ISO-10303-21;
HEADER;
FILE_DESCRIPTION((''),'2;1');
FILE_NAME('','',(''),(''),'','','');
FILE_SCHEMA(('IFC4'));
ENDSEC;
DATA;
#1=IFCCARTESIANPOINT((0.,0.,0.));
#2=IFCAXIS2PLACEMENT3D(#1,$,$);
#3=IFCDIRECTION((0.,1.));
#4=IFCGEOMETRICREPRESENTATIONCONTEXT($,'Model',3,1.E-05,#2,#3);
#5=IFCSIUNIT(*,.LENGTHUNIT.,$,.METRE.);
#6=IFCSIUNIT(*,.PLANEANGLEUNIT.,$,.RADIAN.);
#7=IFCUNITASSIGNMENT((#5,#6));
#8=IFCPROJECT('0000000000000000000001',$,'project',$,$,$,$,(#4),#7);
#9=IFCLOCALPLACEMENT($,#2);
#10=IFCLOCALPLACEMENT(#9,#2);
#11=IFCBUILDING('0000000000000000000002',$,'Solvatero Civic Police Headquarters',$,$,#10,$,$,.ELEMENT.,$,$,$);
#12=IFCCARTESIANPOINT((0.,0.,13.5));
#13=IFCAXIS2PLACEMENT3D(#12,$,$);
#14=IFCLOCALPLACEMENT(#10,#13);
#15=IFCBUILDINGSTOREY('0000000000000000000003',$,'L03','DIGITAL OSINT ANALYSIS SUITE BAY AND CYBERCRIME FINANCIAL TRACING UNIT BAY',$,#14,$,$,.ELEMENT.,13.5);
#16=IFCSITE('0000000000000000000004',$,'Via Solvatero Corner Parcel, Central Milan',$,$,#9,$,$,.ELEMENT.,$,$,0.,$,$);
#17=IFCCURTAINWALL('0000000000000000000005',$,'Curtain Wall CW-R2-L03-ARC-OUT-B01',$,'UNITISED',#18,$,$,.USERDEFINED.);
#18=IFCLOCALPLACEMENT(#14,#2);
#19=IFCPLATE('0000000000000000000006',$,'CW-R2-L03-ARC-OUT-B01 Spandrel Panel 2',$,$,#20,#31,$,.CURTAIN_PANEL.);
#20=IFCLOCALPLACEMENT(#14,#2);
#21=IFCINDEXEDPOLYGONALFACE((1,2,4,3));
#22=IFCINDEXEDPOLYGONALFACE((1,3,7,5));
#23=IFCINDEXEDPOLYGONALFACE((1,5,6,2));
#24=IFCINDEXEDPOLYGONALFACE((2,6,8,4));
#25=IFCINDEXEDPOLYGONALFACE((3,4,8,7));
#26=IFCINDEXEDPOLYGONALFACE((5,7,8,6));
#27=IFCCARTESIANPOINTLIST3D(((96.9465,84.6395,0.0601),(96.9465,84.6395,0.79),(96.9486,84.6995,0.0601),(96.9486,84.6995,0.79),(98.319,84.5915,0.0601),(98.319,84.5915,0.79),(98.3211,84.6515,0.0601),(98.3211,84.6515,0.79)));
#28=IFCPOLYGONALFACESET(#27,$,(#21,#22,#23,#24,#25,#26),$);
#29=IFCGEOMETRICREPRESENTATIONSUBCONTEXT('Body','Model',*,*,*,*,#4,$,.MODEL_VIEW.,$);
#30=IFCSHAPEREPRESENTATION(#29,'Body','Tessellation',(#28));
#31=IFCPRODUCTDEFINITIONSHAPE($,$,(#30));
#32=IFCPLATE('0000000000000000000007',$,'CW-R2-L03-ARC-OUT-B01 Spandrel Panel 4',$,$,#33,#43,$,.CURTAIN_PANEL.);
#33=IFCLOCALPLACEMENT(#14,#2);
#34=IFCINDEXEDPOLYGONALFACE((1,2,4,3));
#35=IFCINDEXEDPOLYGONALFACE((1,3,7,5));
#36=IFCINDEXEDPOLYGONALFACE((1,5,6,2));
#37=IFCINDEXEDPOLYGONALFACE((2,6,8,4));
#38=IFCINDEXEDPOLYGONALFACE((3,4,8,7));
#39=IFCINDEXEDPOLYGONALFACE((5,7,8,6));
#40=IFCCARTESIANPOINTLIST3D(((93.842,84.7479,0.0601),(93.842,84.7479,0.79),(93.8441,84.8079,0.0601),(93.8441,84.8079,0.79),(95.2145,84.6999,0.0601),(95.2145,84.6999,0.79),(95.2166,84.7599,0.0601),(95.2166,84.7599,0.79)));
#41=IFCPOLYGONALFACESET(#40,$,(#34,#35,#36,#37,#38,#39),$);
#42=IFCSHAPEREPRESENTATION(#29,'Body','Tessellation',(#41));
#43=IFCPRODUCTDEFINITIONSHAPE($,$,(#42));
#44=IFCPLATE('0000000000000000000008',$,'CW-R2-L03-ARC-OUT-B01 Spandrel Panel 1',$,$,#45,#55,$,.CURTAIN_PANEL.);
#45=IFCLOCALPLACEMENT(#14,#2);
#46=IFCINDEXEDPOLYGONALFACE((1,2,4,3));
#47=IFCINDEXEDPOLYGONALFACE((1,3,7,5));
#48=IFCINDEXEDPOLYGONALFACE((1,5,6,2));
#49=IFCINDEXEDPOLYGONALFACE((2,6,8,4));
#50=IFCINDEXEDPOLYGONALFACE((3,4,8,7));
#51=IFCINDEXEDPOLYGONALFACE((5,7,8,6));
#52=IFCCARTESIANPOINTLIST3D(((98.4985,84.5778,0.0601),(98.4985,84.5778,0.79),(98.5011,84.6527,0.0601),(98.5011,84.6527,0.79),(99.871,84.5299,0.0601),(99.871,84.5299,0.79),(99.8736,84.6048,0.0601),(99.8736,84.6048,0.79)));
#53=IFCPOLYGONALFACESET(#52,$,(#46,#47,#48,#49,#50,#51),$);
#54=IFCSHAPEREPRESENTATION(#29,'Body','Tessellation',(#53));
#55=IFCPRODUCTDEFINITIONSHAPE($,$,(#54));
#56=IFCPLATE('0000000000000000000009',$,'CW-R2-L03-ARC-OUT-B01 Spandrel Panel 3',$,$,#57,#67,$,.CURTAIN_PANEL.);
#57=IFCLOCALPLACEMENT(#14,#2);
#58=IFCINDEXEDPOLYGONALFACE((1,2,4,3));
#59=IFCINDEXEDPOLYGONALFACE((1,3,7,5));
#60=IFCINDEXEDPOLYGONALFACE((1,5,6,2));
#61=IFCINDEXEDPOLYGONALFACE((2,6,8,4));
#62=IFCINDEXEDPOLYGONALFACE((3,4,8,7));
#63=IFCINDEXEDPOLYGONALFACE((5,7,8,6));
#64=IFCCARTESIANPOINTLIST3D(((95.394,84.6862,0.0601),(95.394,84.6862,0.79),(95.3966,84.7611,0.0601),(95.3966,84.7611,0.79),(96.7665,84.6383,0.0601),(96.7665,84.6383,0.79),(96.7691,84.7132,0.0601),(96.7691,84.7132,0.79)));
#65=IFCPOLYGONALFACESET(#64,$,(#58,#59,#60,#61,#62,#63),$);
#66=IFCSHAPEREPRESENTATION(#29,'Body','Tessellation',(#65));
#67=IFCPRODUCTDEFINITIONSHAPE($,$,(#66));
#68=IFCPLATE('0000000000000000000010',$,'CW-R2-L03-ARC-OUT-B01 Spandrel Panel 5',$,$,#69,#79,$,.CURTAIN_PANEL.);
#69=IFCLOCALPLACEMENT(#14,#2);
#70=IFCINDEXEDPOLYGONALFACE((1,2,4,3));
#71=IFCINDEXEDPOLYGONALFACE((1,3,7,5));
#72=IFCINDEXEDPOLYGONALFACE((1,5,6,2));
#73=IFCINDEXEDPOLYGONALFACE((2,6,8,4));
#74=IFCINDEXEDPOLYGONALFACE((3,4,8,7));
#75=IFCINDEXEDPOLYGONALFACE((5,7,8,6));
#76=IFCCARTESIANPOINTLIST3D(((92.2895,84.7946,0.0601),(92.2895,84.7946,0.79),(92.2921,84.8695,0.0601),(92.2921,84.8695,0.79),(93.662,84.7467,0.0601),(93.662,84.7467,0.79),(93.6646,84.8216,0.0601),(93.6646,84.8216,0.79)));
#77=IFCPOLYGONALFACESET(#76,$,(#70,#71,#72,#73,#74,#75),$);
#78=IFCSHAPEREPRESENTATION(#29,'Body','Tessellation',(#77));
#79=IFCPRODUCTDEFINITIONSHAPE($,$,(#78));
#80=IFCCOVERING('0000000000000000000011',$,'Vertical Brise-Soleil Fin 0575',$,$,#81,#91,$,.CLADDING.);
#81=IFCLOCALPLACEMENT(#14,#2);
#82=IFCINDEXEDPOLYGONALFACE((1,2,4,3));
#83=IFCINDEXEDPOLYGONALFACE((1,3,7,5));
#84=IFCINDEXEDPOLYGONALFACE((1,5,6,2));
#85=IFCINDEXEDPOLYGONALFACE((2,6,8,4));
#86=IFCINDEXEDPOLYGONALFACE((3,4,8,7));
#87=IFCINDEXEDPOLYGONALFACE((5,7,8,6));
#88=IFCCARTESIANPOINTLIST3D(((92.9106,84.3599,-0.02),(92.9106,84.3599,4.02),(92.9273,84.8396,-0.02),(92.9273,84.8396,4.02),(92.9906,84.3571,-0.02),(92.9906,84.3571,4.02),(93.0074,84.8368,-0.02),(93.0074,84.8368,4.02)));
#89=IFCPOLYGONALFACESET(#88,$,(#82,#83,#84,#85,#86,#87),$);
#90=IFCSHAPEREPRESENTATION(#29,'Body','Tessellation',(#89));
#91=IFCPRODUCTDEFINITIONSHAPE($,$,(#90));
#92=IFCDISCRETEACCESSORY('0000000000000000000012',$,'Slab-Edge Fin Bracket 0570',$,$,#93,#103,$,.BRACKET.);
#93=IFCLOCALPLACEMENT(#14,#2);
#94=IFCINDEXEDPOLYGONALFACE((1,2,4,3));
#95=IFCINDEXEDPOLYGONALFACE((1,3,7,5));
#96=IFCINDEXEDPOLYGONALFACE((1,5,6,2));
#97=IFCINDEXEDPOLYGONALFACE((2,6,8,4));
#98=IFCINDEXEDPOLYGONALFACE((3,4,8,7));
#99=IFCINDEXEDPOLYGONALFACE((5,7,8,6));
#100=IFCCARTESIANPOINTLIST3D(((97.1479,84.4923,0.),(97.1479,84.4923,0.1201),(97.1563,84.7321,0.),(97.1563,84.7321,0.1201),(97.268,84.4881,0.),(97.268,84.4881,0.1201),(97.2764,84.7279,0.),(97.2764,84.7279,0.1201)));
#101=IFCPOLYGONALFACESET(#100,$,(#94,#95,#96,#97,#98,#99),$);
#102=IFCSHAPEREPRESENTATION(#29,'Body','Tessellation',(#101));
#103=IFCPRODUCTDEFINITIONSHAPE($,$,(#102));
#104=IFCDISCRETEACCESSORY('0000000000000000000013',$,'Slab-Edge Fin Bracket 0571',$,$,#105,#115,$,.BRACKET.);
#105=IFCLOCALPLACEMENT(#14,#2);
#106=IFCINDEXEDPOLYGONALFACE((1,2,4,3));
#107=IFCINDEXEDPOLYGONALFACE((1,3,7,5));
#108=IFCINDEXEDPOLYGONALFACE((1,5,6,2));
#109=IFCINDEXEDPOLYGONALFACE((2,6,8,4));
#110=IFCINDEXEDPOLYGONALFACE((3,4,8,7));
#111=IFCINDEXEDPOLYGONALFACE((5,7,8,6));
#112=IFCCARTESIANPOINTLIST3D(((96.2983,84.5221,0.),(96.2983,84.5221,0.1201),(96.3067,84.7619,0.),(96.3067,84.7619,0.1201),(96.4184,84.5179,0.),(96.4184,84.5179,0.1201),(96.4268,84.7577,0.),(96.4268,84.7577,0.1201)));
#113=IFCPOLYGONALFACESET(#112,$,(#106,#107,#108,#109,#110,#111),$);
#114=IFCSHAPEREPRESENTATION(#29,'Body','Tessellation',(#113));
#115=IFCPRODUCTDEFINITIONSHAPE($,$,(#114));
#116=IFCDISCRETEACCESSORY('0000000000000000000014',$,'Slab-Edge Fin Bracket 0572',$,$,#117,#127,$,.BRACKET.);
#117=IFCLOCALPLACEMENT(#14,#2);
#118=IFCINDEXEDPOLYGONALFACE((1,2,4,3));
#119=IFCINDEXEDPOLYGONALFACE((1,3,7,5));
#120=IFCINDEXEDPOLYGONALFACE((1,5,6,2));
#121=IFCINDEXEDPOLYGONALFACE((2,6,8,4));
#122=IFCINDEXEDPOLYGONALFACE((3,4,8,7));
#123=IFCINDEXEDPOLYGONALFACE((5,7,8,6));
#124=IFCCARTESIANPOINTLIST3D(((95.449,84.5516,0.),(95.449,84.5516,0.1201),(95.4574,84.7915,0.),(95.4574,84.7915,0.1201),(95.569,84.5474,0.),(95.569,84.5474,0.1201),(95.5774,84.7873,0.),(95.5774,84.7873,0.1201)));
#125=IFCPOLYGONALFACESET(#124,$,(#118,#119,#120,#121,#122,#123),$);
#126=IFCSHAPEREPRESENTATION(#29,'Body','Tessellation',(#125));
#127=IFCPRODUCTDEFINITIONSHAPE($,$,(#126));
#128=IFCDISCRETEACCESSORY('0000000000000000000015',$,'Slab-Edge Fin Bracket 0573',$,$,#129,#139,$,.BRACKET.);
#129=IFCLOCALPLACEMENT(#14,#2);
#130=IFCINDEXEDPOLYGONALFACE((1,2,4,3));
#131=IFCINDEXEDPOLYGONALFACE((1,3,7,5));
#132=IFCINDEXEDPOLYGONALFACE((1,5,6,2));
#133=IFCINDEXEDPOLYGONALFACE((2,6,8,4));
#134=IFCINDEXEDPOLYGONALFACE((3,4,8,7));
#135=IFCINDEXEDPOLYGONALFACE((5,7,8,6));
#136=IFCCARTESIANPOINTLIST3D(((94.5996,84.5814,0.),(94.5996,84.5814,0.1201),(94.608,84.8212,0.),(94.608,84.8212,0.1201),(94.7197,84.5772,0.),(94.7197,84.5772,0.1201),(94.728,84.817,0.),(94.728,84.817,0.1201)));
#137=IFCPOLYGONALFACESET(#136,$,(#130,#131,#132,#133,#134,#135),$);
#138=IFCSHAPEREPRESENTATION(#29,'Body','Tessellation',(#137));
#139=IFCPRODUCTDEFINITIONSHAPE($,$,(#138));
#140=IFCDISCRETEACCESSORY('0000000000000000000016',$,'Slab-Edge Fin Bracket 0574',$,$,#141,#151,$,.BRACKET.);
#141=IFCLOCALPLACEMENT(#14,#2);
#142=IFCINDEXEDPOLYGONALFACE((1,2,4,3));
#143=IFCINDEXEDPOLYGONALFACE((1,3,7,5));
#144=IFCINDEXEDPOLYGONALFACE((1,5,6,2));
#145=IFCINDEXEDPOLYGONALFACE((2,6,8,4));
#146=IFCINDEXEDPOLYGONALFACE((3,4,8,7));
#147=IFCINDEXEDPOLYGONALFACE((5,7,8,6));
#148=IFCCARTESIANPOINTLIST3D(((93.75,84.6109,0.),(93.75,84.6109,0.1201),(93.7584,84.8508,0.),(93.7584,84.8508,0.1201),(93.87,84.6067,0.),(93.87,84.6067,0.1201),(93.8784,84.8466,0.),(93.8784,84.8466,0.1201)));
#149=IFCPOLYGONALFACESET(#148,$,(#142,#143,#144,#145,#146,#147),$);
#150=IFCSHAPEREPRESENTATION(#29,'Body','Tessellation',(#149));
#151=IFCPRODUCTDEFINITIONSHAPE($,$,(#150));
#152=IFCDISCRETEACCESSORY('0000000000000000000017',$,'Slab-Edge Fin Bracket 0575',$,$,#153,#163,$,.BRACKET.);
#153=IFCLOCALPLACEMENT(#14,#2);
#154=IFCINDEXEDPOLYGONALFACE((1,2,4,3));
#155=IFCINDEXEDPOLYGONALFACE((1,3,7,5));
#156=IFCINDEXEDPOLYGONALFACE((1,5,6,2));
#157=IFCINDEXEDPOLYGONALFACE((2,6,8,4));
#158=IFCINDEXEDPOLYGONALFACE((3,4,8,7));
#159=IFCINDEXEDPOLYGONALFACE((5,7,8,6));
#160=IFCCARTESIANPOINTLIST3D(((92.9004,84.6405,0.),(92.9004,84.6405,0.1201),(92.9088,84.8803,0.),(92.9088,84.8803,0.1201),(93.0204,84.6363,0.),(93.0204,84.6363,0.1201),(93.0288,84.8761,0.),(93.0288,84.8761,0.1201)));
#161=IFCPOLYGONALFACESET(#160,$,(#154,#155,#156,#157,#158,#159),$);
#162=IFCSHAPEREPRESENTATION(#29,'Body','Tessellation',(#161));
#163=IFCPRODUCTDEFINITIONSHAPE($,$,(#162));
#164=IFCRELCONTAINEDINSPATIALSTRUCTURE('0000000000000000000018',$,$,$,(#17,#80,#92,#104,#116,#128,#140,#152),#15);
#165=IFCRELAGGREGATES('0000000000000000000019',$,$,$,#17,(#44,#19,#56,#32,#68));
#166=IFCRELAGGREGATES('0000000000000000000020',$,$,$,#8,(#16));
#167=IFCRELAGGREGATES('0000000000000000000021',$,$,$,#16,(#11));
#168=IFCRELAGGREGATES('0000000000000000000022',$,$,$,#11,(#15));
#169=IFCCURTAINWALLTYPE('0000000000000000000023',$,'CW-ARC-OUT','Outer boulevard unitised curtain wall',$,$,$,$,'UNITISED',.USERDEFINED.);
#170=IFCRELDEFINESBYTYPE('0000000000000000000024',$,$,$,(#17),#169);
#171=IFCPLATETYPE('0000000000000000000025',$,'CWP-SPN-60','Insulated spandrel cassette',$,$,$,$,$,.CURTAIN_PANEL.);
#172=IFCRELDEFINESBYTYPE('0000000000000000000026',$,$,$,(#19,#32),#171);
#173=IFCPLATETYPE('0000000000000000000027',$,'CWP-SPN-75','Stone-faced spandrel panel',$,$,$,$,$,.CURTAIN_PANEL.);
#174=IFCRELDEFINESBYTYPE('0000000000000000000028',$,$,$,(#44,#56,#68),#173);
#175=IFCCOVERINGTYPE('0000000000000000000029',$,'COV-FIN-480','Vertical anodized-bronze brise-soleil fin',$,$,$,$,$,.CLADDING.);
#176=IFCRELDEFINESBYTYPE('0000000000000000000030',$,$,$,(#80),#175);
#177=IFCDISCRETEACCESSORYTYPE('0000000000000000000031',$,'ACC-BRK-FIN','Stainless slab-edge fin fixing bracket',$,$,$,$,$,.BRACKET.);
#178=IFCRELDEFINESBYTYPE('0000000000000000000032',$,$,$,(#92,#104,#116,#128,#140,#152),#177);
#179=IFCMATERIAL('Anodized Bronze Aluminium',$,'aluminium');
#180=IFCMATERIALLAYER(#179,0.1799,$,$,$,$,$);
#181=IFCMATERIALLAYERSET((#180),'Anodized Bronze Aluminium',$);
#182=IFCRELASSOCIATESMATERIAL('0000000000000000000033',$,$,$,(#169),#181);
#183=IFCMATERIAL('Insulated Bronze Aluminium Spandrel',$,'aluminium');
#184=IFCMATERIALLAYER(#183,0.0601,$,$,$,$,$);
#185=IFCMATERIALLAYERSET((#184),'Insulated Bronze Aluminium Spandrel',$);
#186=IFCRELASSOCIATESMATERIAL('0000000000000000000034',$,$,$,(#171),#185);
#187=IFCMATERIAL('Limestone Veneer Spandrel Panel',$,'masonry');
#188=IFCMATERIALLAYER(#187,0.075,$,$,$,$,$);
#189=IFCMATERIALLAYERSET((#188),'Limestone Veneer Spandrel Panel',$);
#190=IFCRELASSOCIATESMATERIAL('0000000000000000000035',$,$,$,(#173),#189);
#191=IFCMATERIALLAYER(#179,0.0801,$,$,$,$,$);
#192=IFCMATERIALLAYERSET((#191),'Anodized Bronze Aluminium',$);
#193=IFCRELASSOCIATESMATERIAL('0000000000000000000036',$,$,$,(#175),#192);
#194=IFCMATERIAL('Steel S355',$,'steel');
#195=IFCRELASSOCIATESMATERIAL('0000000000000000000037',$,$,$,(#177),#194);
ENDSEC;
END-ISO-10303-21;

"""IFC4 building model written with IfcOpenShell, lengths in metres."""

from ifc_helpers import new_model, si_unit, direction, frame, origin, origin_2d, place, context, subcontext, project, spatial, rectangle, extrude, material, layer, layer_set, type_object, element, aggregate, save


model = new_model("IFC4")

# Units and contexts
model_context = context("Model", 3, precision=1e-05, world=origin(), true_north=direction((0.0, 1.0)))
body_context = subcontext(model_context, "Body", "Model", "MODEL_VIEW")
ifc_project = project(units=[si_unit("LENGTHUNIT", "METRE"), si_unit("PLANEANGLEUNIT", "RADIAN")], contexts=[model_context])

# Site, building, storey
site_placement = place(None, origin())
site = spatial("IfcSite", under=ifc_project, at=site_placement, Name="Via Solvatero Corner Parcel, Central Milan", CompositionType="ELEMENT", RefElevation=0.0)
building_placement = place(site_placement, origin())
building = spatial("IfcBuilding", under=site, at=building_placement, Name="Solvatero Civic Police Headquarters", CompositionType="ELEMENT")
storey_placement = place(building_placement, frame((0.0, 0.0, 13.5)))
storey = spatial("IfcBuildingStorey", under=building, at=storey_placement, Name="L03", Description="DIGITAL OSINT ANALYSIS SUITE BAY AND CYBERCRIME FINANCIAL TRACING UNIT BAY", CompositionType="ELEMENT", Elevation=13.5)

# Shared definitions
ifc_material_1 = material(Name="Steel S355", Category="steel")

# Curtain wall, plates
ifc_material_2 = material(Name="Anodized Bronze Aluminium", Category="aluminium")
ifc_layer_1 = layer(ifc_material_2, 0.1799)
ifc_layer_set_1 = layer_set([ifc_layer_1], Name="Anodized Bronze Aluminium")
curtain_wall_type = type_object("IfcCurtainWallType", Name="CW-ARC-OUT", Description="Outer boulevard unitised curtain wall", ElementType="UNITISED", PredefinedType="USERDEFINED", material=ifc_layer_set_1)
curtain_wall_placement = place(storey_placement, origin())
curtain_wall = element("IfcCurtainWall", 1, at=curtain_wall_placement, inside=storey, type_object=curtain_wall_type, Name="Curtain Wall CW-R2-L03-ARC-OUT-B01", ObjectType="UNITISED", PredefinedType="USERDEFINED")
ifc_material_3 = material(Name="Insulated Bronze Aluminium Spandrel", Category="aluminium")
ifc_layer_2 = layer(ifc_material_3, 0.0601)
ifc_layer_set_2 = layer_set([ifc_layer_2], Name="Insulated Bronze Aluminium Spandrel")
plate_type_1 = type_object("IfcPlateType", Name="CWP-SPN-60", Description="Insulated spandrel cassette", PredefinedType="CURTAIN_PANEL", material=ifc_layer_set_2)
plate_1_placement = place(storey_placement, frame((97.6338, 84.6455, 0.0601), z_axis=(0.0, 0.0, 1.0), x_axis=(-0.99939, 0.034917, 0.0)))
plate_1 = element("IfcPlate", 2, at=plate_1_placement, type_object=plate_type_1, Name="CW-R2-L03-ARC-OUT-B01 Spandrel Panel 2", PredefinedType="CURTAIN_PANEL", context=body_context, shape_type="SweptSolid", body=[
    extrude(rectangle(XDim=1.3733, YDim=0.0601, at=origin_2d()), origin(), (0.0, 0.0, 1.0), 0.73),
])
plate_2_placement = place(storey_placement, frame((94.5293, 84.7539, 0.0601), z_axis=(0.0, 0.0, 1.0), x_axis=(-0.99939, 0.034917, 0.0)))
plate_2 = element("IfcPlate", 3, at=plate_2_placement, type_object=plate_type_1, Name="CW-R2-L03-ARC-OUT-B01 Spandrel Panel 4", PredefinedType="CURTAIN_PANEL", context=body_context, shape_type="SweptSolid", body=[
    extrude(rectangle(XDim=1.3733, YDim=0.0601, at=origin_2d()), origin(), (0.0, 0.0, 1.0), 0.73),
])
ifc_material_4 = material(Name="Limestone Veneer Spandrel Panel", Category="masonry")
ifc_layer_3 = layer(ifc_material_4, 0.075)
ifc_layer_set_3 = layer_set([ifc_layer_3], Name="Limestone Veneer Spandrel Panel")
plate_type_2 = type_object("IfcPlateType", Name="CWP-SPN-75", Description="Stone-faced spandrel panel", PredefinedType="CURTAIN_PANEL", material=ifc_layer_set_3)
plate_3_placement = place(storey_placement, frame((99.186, 84.5913, 0.0601), z_axis=(0.0, 0.0, 1.0), x_axis=(-0.99939, 0.034917, 0.0)))
plate_3 = element("IfcPlate", 4, at=plate_3_placement, type_object=plate_type_2, Name="CW-R2-L03-ARC-OUT-B01 Spandrel Panel 1", PredefinedType="CURTAIN_PANEL", context=body_context, shape_type="SweptSolid", body=[
    extrude(rectangle(XDim=1.3733, YDim=0.075, at=origin_2d()), origin(), (0.0, 0.0, 1.0), 0.73),
])
plate_4_placement = place(storey_placement, frame((96.0815, 84.6997, 0.0601), z_axis=(0.0, 0.0, 1.0), x_axis=(-0.99939, 0.034917, 0.0)))
plate_4 = element("IfcPlate", 5, at=plate_4_placement, type_object=plate_type_2, Name="CW-R2-L03-ARC-OUT-B01 Spandrel Panel 3", PredefinedType="CURTAIN_PANEL", context=body_context, shape_type="SweptSolid", body=[
    extrude(rectangle(XDim=1.3733, YDim=0.075, at=origin_2d()), origin(), (0.0, 0.0, 1.0), 0.73),
])
plate_5_placement = place(storey_placement, frame((92.9771, 84.8081, 0.0601), z_axis=(0.0, 0.0, 1.0), x_axis=(-0.99939, 0.034917, 0.0)))
plate_5 = element("IfcPlate", 6, at=plate_5_placement, type_object=plate_type_2, Name="CW-R2-L03-ARC-OUT-B01 Spandrel Panel 5", PredefinedType="CURTAIN_PANEL", context=body_context, shape_type="SweptSolid", body=[
    extrude(rectangle(XDim=1.3733, YDim=0.075, at=origin_2d()), origin(), (0.0, 0.0, 1.0), 0.73),
])
aggregate(curtain_wall, [plate_3, plate_1, plate_4, plate_2, plate_5])

# Covering
ifc_layer_4 = layer(ifc_material_2, 0.0801)
ifc_layer_set_4 = layer_set([ifc_layer_4], Name="Anodized Bronze Aluminium")
covering_type = type_object("IfcCoveringType", Name="COV-FIN-480", Description="Vertical anodized-bronze brise-soleil fin", PredefinedType="CLADDING", material=ifc_layer_set_4)
covering_placement = place(storey_placement, frame((92.959, 84.5984, -0.02), z_axis=(0.0, 0.0, 1.0), x_axis=(-0.99939, 0.034917, 0.0)))
element("IfcCovering", 7, at=covering_placement, inside=storey, type_object=covering_type, Name="Vertical Brise-Soleil Fin 0575", PredefinedType="CLADDING", context=body_context, shape_type="SweptSolid", body=[
    extrude(rectangle(XDim=0.0801, YDim=0.48, at=origin_2d()), origin(), (0.0, 0.0, 1.0), 4.04),
])

# Discrete accessories
discrete_accessory_type = type_object("IfcDiscreteAccessoryType", Name="ACC-BRK-FIN", Description="Stainless slab-edge fin fixing bracket", PredefinedType="BRACKET", material=ifc_material_1)
for number, where, z_axis, x_axis, name in (
    (8, (97.2122, 84.6101, 0.0), (0.0, 0.0, 1.0), (-0.99939, 0.034917, 0.0), "Slab-Edge Fin Bracket 0570"),
    (9, (96.3625, 84.6399, 0.0), (0.0, 0.0, 1.0), (-0.99939, 0.034917, 0.0), "Slab-Edge Fin Bracket 0571"),
    (10, (95.5132, 84.6694, 0.0), (0.0, 0.0, 1.0), (-0.99939, 0.034917, 0.0), "Slab-Edge Fin Bracket 0572"),
    (11, (94.6638, 84.6992, 0.0), (0.0, 0.0, 1.0), (-0.99939, 0.034917, 0.0), "Slab-Edge Fin Bracket 0573"),
    (12, (93.8142, 84.7288, 0.0), (0.0, 0.0, 1.0), (-0.99939, 0.034917, 0.0), "Slab-Edge Fin Bracket 0574"),
    (13, (92.9646, 84.7583, 0.0), (0.0, 0.0, 1.0), (-0.99939, 0.034917, 0.0), "Slab-Edge Fin Bracket 0575"),
):
    element("IfcDiscreteAccessory", number, at=place(storey_placement, frame(where, z_axis=z_axis, x_axis=x_axis)), inside=storey, type_object=discrete_accessory_type, Name=name, PredefinedType="BRACKET", context=body_context, shape_type="SweptSolid", body=[
        extrude(rectangle(XDim=0.1201, YDim=0.24, at=origin_2d()), origin(), (0.0, 0.0, 1.0), 0.1201),
    ])

save(model, "model.ifc")
